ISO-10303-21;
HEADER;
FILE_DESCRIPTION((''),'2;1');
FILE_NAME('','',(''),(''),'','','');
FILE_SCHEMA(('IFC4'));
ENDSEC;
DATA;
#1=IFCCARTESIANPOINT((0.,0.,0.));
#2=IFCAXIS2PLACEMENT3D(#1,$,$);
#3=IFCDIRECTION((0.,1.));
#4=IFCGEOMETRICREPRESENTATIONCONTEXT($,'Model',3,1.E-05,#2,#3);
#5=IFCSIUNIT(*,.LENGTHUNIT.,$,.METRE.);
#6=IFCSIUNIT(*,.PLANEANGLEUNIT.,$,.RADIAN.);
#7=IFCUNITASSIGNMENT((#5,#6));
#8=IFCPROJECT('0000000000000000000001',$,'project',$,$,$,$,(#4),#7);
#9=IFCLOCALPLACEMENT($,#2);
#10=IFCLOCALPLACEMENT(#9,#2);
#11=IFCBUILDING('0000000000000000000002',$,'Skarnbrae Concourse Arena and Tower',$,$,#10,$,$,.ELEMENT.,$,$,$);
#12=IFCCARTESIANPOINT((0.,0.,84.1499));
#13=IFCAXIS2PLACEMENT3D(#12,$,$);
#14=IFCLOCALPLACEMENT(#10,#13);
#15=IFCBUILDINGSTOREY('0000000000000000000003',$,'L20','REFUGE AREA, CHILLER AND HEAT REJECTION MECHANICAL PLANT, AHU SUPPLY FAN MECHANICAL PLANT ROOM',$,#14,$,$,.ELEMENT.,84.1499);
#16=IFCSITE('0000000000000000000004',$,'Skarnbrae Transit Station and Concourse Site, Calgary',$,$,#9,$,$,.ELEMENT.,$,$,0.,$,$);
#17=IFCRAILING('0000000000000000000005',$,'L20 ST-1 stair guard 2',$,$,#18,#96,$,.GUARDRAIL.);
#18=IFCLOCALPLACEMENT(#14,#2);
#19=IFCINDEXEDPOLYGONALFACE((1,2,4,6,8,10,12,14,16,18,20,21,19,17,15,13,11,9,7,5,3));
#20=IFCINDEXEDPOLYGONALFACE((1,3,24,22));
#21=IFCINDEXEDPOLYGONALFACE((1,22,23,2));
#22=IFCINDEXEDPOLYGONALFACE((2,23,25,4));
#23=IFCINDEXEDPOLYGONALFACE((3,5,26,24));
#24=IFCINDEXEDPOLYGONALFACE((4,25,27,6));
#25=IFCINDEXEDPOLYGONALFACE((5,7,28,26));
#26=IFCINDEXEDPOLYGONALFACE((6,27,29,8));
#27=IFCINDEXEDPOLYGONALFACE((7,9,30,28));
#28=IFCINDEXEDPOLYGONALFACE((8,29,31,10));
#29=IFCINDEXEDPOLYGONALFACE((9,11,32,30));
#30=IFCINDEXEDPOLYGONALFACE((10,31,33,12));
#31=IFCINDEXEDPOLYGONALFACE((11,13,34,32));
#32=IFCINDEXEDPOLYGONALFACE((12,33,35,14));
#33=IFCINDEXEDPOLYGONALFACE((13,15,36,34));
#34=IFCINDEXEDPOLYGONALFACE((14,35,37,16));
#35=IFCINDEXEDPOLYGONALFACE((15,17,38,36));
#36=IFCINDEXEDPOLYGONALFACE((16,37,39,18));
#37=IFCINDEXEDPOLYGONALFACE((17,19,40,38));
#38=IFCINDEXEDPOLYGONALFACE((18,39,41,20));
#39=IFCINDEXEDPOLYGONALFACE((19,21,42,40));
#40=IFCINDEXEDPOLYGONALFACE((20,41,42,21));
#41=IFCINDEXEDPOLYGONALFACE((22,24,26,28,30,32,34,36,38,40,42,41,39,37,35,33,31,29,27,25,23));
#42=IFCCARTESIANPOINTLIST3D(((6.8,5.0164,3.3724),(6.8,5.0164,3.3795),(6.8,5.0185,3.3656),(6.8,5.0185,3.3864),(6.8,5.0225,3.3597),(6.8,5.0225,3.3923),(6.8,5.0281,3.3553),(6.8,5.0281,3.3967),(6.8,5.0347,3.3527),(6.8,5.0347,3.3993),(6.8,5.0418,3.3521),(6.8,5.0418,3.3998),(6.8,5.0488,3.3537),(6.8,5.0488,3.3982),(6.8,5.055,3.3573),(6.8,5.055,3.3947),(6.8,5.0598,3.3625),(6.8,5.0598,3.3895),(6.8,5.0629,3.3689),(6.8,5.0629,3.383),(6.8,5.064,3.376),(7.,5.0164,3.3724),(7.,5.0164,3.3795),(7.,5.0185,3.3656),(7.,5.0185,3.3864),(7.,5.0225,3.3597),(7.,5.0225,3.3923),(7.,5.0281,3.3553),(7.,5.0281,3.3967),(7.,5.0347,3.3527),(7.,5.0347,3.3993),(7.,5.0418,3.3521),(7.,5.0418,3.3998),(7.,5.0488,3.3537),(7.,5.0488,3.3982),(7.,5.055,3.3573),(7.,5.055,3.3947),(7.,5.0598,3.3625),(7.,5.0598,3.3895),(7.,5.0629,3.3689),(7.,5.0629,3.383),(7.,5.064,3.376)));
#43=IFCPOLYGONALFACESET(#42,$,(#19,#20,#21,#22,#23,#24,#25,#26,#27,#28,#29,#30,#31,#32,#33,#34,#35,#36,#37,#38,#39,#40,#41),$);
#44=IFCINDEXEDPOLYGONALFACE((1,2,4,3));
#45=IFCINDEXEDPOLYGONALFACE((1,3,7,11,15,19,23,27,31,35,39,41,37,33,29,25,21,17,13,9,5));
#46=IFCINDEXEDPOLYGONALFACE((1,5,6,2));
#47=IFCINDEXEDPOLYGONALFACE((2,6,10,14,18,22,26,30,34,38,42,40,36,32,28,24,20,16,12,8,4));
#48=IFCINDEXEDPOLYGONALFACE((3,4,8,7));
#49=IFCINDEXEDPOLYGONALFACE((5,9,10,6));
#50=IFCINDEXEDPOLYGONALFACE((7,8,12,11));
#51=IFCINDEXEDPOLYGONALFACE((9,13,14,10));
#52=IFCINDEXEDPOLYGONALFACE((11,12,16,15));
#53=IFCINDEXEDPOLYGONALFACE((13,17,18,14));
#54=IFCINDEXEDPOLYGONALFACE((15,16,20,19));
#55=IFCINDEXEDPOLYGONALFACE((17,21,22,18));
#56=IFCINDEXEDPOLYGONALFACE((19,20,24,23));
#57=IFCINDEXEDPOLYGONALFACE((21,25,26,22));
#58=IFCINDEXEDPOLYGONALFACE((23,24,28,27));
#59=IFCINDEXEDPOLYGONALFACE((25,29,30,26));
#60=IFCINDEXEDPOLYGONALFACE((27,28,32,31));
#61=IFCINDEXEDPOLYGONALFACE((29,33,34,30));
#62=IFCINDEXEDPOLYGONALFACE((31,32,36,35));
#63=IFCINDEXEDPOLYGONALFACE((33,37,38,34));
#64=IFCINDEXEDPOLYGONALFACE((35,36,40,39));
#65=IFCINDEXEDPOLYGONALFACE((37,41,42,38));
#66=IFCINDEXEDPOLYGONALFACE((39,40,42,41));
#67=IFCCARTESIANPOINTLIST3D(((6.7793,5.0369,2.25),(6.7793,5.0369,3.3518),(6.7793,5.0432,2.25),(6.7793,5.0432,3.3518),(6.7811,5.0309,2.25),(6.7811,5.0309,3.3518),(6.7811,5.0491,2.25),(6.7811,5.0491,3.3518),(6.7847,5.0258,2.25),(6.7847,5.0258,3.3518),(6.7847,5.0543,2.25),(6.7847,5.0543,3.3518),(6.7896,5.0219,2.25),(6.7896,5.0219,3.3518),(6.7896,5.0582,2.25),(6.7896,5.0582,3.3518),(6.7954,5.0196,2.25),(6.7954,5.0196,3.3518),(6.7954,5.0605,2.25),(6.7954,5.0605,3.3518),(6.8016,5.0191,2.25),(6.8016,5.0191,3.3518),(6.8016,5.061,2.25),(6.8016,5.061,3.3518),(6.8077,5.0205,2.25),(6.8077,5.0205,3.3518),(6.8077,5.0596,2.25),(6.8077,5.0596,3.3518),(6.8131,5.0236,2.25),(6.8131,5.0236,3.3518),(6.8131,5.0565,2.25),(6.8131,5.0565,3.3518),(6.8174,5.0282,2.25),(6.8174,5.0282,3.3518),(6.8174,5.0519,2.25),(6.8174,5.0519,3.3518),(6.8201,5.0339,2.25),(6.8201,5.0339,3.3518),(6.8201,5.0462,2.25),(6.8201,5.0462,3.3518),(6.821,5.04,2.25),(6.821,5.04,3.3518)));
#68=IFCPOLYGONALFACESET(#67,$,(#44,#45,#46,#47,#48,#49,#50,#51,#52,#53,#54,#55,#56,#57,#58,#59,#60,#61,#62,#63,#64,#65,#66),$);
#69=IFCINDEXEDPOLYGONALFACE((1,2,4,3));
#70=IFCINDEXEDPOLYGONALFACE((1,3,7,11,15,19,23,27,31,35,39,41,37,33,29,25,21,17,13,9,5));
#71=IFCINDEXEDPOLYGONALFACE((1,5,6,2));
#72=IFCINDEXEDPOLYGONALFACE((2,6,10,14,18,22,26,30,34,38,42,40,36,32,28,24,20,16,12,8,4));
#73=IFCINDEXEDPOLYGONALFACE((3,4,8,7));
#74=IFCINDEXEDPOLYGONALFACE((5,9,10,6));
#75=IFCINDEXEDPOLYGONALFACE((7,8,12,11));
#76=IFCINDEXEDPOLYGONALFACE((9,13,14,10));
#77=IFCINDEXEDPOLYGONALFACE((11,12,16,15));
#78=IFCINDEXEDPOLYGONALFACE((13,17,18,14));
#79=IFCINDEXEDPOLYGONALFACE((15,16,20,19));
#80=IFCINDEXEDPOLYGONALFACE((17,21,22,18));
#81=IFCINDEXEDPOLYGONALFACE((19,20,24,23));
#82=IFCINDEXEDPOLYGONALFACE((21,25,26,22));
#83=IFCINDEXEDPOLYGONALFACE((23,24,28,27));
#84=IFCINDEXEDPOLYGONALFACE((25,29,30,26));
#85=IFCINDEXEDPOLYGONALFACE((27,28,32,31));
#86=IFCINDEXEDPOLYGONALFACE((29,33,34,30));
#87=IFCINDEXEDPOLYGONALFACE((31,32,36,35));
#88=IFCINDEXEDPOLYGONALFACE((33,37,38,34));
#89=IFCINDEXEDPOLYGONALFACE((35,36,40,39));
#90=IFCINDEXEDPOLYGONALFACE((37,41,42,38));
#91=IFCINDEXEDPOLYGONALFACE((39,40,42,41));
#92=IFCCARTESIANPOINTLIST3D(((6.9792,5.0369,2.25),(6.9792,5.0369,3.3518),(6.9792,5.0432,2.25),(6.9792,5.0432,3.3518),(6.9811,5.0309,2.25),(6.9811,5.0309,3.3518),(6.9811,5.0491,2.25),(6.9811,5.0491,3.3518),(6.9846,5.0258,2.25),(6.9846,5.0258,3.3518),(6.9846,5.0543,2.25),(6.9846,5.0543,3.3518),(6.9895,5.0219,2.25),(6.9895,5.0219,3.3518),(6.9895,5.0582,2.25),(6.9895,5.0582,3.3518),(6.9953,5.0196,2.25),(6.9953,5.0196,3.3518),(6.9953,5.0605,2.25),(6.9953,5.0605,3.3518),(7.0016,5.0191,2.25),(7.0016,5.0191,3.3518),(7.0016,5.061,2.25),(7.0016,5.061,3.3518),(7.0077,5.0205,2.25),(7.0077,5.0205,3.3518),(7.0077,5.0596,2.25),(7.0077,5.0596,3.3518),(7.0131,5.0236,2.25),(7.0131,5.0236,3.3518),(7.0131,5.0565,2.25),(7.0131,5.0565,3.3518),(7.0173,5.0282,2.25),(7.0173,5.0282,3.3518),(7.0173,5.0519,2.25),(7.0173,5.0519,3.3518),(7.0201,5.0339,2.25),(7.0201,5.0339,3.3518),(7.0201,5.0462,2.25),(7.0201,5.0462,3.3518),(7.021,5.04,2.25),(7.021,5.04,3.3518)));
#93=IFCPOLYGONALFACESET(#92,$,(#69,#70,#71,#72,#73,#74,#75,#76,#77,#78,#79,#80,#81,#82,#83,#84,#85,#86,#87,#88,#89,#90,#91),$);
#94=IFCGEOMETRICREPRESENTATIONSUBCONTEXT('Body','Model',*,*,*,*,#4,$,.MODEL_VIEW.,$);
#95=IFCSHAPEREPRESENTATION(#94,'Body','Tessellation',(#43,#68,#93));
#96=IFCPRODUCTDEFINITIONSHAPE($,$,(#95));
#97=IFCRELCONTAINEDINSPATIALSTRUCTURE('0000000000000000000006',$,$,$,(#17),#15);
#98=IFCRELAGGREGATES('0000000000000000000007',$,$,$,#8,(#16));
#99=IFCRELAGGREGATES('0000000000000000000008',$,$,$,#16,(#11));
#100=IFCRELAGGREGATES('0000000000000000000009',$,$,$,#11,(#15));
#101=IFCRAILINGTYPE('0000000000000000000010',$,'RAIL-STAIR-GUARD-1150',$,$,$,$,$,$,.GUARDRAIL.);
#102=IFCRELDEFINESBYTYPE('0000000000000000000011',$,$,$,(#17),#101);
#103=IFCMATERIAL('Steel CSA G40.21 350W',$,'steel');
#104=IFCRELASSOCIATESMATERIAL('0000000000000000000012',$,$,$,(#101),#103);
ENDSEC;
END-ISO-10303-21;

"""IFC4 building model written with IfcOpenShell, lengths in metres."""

from ifc_helpers import new_model, si_unit, direction, frame, origin, origin_2d, place, context, subcontext, project, spatial, circle, extrude, material, type_object, element, save


model = new_model("IFC4")

# Units and contexts
model_context = context("Model", 3, precision=1e-05, world=origin(), true_north=direction((0.0, 1.0)))
body_context = subcontext(model_context, "Body", "Model", "MODEL_VIEW")
ifc_project = project(units=[si_unit("LENGTHUNIT", "METRE"), si_unit("PLANEANGLEUNIT", "RADIAN")], contexts=[model_context])

# Site, building, storey
site_placement = place(None, origin())
site = spatial("IfcSite", under=ifc_project, at=site_placement, Name="Skarnbrae Transit Station and Concourse Site, Calgary", CompositionType="ELEMENT", RefElevation=0.0)
building_placement = place(site_placement, origin())
building = spatial("IfcBuilding", under=site, at=building_placement, Name="Skarnbrae Concourse Arena and Tower", CompositionType="ELEMENT")
storey_placement = place(building_placement, frame((0.0, 0.0, 84.1499)))
storey = spatial("IfcBuildingStorey", under=building, at=storey_placement, Name="L20", Description="REFUGE AREA, CHILLER AND HEAT REJECTION MECHANICAL PLANT, AHU SUPPLY FAN MECHANICAL PLANT ROOM", CompositionType="ELEMENT", Elevation=84.1499)

# Shared definitions
ifc_material_1 = material(Name="Steel CSA G40.21 350W", Category="steel")

# Railing
railing_type_1 = type_object("IfcRailingType", Name="RAIL-STAIR-GUARD-1150", PredefinedType="GUARDRAIL", material=ifc_material_1)
railing_1_placement = place(storey_placement, frame((6.8, 5.04, 2.25)))
element("IfcRailing", 1, at=railing_1_placement, inside=storey, type_object=railing_type_1, Name="L20 ST-1 stair guard 2", PredefinedType="GUARDRAIL", context=body_context, shape_type="SweptSolid", body=[
    extrude(circle(Radius=0.0239, at=origin_2d()), frame((0.0, 0.0, 1.126), z_axis=(1.0, 0.0, 0.0), x_axis=(0.0, 1.0, 0.0)), (0.0, 0.0, 1.0), 0.2),
    extrude(circle(Radius=0.021, at=origin_2d()), origin(), (0.0, 0.0, 1.0), 1.1018),
    extrude(circle(Radius=0.021, at=origin_2d()), frame((0.2, 0.0, 0.0)), (0.0, 0.0, 1.0), 1.1018),
])

save(model, "model.ifc")
